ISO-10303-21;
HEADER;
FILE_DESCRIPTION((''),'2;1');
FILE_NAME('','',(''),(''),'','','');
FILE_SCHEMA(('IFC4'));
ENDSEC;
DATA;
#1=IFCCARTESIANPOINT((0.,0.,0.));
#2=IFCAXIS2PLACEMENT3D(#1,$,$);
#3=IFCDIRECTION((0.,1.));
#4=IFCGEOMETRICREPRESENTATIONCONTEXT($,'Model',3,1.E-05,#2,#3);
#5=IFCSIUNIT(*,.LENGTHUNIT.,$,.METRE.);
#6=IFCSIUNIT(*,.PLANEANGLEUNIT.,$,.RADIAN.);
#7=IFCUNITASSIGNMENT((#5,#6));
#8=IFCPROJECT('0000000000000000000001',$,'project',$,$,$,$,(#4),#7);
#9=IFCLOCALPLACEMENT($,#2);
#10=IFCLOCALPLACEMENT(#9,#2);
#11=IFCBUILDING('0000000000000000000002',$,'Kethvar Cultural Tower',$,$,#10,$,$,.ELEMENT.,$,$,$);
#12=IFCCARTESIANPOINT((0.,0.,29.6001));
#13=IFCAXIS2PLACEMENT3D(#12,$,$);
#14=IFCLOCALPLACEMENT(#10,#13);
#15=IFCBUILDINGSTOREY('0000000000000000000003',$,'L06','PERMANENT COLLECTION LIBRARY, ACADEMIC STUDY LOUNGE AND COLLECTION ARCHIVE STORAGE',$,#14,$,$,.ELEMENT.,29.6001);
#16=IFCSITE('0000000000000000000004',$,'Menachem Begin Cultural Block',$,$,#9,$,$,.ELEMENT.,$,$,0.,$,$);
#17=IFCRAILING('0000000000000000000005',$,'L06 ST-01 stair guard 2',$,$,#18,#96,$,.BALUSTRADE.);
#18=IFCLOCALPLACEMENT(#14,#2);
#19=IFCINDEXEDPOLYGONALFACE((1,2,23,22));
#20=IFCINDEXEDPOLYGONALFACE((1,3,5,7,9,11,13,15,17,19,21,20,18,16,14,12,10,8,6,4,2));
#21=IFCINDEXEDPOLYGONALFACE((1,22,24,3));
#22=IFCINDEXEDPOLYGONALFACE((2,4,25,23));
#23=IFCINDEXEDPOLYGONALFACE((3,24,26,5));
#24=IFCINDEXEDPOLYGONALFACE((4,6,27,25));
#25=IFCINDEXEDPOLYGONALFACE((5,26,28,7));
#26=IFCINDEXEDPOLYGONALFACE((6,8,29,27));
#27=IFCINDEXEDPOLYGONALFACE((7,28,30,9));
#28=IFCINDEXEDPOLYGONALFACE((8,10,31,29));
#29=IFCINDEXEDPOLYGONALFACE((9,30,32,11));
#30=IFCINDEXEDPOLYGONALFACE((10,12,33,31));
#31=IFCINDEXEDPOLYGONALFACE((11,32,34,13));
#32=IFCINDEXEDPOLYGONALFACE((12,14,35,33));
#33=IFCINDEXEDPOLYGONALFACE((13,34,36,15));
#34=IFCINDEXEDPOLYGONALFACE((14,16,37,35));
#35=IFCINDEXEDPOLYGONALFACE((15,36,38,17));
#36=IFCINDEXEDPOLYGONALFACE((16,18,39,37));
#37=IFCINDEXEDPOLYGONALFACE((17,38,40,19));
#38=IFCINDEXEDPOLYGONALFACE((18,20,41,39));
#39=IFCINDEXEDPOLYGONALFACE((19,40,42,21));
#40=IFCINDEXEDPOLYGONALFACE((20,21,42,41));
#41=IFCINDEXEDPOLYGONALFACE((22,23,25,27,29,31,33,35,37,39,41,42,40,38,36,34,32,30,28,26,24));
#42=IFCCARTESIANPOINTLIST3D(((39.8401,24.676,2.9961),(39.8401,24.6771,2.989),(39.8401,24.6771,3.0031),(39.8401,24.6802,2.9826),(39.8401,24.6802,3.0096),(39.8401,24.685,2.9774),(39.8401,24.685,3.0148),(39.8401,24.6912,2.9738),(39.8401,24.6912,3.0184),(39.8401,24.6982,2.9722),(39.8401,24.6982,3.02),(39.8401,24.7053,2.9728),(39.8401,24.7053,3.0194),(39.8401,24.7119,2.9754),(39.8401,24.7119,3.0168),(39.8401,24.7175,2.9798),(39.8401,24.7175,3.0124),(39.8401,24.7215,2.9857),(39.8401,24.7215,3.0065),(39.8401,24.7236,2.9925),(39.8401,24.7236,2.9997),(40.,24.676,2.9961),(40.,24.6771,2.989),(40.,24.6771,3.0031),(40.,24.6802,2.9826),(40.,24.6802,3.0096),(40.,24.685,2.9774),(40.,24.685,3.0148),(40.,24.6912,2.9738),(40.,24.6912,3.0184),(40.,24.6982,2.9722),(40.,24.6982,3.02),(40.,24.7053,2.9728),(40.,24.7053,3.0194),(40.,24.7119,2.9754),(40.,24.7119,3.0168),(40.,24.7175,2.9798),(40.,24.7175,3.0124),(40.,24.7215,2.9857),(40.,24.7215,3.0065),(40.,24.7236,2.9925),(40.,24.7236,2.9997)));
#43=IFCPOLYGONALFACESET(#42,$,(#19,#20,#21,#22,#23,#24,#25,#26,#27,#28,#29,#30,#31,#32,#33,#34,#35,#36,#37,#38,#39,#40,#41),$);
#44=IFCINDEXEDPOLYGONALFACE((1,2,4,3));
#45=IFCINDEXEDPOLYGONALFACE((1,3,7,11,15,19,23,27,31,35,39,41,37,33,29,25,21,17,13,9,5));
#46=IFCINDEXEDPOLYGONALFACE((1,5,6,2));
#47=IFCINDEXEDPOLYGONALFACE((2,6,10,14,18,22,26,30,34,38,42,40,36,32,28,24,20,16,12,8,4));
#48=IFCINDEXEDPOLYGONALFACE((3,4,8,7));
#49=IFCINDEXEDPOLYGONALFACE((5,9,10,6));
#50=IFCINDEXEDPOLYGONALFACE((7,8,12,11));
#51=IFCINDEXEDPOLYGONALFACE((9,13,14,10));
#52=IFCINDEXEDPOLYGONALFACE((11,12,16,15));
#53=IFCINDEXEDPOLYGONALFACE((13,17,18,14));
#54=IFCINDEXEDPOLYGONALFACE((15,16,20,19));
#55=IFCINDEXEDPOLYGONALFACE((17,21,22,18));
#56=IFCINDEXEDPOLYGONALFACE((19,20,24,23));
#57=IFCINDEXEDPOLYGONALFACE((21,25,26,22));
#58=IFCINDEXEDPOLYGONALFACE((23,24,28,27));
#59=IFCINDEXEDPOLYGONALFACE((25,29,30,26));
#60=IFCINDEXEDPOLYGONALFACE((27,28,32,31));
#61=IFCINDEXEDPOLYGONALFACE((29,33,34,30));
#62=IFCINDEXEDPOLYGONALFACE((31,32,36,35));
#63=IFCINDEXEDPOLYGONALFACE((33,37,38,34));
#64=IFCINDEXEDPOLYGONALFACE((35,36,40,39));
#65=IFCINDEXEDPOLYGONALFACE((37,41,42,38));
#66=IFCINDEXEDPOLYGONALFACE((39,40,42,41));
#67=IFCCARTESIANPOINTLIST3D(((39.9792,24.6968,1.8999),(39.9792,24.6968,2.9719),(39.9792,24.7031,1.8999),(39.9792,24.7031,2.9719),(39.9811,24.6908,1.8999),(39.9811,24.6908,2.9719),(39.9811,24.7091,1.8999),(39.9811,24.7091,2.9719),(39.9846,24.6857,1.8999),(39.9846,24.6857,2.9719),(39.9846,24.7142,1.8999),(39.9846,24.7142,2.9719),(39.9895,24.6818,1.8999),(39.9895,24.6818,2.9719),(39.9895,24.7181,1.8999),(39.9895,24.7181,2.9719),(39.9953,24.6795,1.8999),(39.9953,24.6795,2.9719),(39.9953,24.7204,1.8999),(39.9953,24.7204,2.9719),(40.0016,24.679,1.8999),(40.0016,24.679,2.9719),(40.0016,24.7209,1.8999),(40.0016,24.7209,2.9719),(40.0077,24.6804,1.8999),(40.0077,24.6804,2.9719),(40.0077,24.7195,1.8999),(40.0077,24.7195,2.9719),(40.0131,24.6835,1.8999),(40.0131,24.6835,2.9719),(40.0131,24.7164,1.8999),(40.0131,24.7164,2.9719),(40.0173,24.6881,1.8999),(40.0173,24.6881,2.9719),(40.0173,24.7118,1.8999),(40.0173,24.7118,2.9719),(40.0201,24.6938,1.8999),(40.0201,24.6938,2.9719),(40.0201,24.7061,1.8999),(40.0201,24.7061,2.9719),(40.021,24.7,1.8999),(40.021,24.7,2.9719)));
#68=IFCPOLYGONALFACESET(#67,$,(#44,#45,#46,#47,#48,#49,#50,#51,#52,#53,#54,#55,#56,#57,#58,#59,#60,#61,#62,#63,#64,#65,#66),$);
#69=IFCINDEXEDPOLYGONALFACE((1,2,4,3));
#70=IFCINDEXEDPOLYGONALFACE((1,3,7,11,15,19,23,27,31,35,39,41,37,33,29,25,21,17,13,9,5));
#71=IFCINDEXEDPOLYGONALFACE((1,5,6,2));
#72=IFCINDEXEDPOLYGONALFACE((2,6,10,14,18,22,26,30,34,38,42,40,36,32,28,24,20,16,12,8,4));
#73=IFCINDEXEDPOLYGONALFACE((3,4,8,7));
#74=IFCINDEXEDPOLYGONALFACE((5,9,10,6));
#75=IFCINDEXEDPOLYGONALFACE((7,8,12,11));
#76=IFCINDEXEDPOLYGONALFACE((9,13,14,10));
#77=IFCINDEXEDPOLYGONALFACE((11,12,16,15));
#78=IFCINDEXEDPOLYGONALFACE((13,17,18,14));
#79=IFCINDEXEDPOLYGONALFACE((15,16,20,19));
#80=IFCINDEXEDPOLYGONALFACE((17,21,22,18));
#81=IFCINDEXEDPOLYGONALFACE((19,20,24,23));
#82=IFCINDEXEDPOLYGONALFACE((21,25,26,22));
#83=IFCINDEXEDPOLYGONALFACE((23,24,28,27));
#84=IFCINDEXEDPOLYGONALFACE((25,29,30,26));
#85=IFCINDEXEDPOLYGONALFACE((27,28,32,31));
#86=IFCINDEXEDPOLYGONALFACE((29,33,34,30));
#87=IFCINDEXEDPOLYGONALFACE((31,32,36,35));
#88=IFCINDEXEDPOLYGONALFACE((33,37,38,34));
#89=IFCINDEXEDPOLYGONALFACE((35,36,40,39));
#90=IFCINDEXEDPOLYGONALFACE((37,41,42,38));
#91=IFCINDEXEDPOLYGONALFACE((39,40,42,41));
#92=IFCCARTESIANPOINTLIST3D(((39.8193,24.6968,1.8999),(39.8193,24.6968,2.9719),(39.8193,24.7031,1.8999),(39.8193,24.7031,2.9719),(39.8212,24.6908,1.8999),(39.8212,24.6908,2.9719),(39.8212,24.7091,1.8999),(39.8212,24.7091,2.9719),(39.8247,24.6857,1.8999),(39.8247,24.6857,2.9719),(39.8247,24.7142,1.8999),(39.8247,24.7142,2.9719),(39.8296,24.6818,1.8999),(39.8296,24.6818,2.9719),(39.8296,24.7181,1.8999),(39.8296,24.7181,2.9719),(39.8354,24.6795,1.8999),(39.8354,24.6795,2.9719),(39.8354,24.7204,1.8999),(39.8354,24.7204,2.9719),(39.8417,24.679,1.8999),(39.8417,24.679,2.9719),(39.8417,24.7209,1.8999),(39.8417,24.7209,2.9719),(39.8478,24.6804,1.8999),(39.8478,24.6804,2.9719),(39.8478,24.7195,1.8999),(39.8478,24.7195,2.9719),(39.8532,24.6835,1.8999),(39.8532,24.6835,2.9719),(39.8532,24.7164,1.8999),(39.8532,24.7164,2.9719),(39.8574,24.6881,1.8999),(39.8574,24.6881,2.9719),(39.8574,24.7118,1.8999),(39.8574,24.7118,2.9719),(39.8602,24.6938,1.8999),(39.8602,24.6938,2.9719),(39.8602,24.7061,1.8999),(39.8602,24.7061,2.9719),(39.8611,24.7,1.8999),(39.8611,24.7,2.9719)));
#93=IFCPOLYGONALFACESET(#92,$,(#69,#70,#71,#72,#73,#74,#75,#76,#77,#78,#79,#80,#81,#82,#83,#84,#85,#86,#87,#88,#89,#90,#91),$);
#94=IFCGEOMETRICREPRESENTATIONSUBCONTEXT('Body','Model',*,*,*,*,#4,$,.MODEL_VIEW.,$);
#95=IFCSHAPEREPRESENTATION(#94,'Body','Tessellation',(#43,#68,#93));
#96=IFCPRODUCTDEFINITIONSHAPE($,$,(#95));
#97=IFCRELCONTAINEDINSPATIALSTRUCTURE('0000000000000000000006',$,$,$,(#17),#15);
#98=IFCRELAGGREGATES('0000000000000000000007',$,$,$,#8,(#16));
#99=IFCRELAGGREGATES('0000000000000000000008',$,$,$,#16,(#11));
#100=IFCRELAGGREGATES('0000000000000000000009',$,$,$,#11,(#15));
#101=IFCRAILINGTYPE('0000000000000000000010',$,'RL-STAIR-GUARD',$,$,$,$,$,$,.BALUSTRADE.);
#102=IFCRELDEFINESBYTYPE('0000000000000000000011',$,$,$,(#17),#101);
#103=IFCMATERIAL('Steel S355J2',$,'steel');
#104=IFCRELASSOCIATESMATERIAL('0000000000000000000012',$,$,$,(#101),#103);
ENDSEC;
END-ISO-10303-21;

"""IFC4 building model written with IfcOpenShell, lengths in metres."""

from ifc_helpers import new_model, si_unit, direction, frame, origin, origin_2d, place, context, subcontext, project, spatial, circle, extrude, material, type_object, element, save


model = new_model("IFC4")

# Units and contexts
model_context = context("Model", 3, precision=1e-05, world=origin(), true_north=direction((0.0, 1.0)))
body_context = subcontext(model_context, "Body", "Model", "MODEL_VIEW")
ifc_project = project(units=[si_unit("LENGTHUNIT", "METRE"), si_unit("PLANEANGLEUNIT", "RADIAN")], contexts=[model_context])

# Site, building, storey
site_placement = place(None, origin())
site = spatial("IfcSite", under=ifc_project, at=site_placement, Name="Menachem Begin Cultural Block", CompositionType="ELEMENT", RefElevation=0.0)
building_placement = place(site_placement, origin())
building = spatial("IfcBuilding", under=site, at=building_placement, Name="Kethvar Cultural Tower", CompositionType="ELEMENT")
storey_placement = place(building_placement, frame((0.0, 0.0, 29.6001)))
storey = spatial("IfcBuildingStorey", under=building, at=storey_placement, Name="L06", Description="PERMANENT COLLECTION LIBRARY, ACADEMIC STUDY LOUNGE AND COLLECTION ARCHIVE STORAGE", CompositionType="ELEMENT", Elevation=29.6001)

# Shared definitions
ifc_material_1 = material(Name="Steel S355J2", Category="steel")

# Railing
railing_type_1 = type_object("IfcRailingType", Name="RL-STAIR-GUARD", PredefinedType="BALUSTRADE", material=ifc_material_1)
railing_1_placement = place(storey_placement, frame((40.0, 24.7, 1.8999)))
element("IfcRailing", 1, at=railing_1_placement, inside=storey, type_object=railing_type_1, Name="L06 ST-01 stair guard 2", PredefinedType="BALUSTRADE", context=body_context, shape_type="SweptSolid", body=[
    extrude(circle(Radius=0.0239, at=origin_2d()), frame((0.0, 0.0, 1.0962), z_axis=(-1.0, 0.0, 0.0), x_axis=(0.0, -1.0, 0.0)), (0.0, 0.0, 1.0), 0.1599),
    extrude(circle(Radius=0.021, at=origin_2d()), origin(), (0.0, 0.0, 1.0), 1.072),
    extrude(circle(Radius=0.021, at=origin_2d()), frame((-0.1599, 0.0, 0.0)), (0.0, 0.0, 1.0), 1.072),
])

save(model, "model.ifc")
